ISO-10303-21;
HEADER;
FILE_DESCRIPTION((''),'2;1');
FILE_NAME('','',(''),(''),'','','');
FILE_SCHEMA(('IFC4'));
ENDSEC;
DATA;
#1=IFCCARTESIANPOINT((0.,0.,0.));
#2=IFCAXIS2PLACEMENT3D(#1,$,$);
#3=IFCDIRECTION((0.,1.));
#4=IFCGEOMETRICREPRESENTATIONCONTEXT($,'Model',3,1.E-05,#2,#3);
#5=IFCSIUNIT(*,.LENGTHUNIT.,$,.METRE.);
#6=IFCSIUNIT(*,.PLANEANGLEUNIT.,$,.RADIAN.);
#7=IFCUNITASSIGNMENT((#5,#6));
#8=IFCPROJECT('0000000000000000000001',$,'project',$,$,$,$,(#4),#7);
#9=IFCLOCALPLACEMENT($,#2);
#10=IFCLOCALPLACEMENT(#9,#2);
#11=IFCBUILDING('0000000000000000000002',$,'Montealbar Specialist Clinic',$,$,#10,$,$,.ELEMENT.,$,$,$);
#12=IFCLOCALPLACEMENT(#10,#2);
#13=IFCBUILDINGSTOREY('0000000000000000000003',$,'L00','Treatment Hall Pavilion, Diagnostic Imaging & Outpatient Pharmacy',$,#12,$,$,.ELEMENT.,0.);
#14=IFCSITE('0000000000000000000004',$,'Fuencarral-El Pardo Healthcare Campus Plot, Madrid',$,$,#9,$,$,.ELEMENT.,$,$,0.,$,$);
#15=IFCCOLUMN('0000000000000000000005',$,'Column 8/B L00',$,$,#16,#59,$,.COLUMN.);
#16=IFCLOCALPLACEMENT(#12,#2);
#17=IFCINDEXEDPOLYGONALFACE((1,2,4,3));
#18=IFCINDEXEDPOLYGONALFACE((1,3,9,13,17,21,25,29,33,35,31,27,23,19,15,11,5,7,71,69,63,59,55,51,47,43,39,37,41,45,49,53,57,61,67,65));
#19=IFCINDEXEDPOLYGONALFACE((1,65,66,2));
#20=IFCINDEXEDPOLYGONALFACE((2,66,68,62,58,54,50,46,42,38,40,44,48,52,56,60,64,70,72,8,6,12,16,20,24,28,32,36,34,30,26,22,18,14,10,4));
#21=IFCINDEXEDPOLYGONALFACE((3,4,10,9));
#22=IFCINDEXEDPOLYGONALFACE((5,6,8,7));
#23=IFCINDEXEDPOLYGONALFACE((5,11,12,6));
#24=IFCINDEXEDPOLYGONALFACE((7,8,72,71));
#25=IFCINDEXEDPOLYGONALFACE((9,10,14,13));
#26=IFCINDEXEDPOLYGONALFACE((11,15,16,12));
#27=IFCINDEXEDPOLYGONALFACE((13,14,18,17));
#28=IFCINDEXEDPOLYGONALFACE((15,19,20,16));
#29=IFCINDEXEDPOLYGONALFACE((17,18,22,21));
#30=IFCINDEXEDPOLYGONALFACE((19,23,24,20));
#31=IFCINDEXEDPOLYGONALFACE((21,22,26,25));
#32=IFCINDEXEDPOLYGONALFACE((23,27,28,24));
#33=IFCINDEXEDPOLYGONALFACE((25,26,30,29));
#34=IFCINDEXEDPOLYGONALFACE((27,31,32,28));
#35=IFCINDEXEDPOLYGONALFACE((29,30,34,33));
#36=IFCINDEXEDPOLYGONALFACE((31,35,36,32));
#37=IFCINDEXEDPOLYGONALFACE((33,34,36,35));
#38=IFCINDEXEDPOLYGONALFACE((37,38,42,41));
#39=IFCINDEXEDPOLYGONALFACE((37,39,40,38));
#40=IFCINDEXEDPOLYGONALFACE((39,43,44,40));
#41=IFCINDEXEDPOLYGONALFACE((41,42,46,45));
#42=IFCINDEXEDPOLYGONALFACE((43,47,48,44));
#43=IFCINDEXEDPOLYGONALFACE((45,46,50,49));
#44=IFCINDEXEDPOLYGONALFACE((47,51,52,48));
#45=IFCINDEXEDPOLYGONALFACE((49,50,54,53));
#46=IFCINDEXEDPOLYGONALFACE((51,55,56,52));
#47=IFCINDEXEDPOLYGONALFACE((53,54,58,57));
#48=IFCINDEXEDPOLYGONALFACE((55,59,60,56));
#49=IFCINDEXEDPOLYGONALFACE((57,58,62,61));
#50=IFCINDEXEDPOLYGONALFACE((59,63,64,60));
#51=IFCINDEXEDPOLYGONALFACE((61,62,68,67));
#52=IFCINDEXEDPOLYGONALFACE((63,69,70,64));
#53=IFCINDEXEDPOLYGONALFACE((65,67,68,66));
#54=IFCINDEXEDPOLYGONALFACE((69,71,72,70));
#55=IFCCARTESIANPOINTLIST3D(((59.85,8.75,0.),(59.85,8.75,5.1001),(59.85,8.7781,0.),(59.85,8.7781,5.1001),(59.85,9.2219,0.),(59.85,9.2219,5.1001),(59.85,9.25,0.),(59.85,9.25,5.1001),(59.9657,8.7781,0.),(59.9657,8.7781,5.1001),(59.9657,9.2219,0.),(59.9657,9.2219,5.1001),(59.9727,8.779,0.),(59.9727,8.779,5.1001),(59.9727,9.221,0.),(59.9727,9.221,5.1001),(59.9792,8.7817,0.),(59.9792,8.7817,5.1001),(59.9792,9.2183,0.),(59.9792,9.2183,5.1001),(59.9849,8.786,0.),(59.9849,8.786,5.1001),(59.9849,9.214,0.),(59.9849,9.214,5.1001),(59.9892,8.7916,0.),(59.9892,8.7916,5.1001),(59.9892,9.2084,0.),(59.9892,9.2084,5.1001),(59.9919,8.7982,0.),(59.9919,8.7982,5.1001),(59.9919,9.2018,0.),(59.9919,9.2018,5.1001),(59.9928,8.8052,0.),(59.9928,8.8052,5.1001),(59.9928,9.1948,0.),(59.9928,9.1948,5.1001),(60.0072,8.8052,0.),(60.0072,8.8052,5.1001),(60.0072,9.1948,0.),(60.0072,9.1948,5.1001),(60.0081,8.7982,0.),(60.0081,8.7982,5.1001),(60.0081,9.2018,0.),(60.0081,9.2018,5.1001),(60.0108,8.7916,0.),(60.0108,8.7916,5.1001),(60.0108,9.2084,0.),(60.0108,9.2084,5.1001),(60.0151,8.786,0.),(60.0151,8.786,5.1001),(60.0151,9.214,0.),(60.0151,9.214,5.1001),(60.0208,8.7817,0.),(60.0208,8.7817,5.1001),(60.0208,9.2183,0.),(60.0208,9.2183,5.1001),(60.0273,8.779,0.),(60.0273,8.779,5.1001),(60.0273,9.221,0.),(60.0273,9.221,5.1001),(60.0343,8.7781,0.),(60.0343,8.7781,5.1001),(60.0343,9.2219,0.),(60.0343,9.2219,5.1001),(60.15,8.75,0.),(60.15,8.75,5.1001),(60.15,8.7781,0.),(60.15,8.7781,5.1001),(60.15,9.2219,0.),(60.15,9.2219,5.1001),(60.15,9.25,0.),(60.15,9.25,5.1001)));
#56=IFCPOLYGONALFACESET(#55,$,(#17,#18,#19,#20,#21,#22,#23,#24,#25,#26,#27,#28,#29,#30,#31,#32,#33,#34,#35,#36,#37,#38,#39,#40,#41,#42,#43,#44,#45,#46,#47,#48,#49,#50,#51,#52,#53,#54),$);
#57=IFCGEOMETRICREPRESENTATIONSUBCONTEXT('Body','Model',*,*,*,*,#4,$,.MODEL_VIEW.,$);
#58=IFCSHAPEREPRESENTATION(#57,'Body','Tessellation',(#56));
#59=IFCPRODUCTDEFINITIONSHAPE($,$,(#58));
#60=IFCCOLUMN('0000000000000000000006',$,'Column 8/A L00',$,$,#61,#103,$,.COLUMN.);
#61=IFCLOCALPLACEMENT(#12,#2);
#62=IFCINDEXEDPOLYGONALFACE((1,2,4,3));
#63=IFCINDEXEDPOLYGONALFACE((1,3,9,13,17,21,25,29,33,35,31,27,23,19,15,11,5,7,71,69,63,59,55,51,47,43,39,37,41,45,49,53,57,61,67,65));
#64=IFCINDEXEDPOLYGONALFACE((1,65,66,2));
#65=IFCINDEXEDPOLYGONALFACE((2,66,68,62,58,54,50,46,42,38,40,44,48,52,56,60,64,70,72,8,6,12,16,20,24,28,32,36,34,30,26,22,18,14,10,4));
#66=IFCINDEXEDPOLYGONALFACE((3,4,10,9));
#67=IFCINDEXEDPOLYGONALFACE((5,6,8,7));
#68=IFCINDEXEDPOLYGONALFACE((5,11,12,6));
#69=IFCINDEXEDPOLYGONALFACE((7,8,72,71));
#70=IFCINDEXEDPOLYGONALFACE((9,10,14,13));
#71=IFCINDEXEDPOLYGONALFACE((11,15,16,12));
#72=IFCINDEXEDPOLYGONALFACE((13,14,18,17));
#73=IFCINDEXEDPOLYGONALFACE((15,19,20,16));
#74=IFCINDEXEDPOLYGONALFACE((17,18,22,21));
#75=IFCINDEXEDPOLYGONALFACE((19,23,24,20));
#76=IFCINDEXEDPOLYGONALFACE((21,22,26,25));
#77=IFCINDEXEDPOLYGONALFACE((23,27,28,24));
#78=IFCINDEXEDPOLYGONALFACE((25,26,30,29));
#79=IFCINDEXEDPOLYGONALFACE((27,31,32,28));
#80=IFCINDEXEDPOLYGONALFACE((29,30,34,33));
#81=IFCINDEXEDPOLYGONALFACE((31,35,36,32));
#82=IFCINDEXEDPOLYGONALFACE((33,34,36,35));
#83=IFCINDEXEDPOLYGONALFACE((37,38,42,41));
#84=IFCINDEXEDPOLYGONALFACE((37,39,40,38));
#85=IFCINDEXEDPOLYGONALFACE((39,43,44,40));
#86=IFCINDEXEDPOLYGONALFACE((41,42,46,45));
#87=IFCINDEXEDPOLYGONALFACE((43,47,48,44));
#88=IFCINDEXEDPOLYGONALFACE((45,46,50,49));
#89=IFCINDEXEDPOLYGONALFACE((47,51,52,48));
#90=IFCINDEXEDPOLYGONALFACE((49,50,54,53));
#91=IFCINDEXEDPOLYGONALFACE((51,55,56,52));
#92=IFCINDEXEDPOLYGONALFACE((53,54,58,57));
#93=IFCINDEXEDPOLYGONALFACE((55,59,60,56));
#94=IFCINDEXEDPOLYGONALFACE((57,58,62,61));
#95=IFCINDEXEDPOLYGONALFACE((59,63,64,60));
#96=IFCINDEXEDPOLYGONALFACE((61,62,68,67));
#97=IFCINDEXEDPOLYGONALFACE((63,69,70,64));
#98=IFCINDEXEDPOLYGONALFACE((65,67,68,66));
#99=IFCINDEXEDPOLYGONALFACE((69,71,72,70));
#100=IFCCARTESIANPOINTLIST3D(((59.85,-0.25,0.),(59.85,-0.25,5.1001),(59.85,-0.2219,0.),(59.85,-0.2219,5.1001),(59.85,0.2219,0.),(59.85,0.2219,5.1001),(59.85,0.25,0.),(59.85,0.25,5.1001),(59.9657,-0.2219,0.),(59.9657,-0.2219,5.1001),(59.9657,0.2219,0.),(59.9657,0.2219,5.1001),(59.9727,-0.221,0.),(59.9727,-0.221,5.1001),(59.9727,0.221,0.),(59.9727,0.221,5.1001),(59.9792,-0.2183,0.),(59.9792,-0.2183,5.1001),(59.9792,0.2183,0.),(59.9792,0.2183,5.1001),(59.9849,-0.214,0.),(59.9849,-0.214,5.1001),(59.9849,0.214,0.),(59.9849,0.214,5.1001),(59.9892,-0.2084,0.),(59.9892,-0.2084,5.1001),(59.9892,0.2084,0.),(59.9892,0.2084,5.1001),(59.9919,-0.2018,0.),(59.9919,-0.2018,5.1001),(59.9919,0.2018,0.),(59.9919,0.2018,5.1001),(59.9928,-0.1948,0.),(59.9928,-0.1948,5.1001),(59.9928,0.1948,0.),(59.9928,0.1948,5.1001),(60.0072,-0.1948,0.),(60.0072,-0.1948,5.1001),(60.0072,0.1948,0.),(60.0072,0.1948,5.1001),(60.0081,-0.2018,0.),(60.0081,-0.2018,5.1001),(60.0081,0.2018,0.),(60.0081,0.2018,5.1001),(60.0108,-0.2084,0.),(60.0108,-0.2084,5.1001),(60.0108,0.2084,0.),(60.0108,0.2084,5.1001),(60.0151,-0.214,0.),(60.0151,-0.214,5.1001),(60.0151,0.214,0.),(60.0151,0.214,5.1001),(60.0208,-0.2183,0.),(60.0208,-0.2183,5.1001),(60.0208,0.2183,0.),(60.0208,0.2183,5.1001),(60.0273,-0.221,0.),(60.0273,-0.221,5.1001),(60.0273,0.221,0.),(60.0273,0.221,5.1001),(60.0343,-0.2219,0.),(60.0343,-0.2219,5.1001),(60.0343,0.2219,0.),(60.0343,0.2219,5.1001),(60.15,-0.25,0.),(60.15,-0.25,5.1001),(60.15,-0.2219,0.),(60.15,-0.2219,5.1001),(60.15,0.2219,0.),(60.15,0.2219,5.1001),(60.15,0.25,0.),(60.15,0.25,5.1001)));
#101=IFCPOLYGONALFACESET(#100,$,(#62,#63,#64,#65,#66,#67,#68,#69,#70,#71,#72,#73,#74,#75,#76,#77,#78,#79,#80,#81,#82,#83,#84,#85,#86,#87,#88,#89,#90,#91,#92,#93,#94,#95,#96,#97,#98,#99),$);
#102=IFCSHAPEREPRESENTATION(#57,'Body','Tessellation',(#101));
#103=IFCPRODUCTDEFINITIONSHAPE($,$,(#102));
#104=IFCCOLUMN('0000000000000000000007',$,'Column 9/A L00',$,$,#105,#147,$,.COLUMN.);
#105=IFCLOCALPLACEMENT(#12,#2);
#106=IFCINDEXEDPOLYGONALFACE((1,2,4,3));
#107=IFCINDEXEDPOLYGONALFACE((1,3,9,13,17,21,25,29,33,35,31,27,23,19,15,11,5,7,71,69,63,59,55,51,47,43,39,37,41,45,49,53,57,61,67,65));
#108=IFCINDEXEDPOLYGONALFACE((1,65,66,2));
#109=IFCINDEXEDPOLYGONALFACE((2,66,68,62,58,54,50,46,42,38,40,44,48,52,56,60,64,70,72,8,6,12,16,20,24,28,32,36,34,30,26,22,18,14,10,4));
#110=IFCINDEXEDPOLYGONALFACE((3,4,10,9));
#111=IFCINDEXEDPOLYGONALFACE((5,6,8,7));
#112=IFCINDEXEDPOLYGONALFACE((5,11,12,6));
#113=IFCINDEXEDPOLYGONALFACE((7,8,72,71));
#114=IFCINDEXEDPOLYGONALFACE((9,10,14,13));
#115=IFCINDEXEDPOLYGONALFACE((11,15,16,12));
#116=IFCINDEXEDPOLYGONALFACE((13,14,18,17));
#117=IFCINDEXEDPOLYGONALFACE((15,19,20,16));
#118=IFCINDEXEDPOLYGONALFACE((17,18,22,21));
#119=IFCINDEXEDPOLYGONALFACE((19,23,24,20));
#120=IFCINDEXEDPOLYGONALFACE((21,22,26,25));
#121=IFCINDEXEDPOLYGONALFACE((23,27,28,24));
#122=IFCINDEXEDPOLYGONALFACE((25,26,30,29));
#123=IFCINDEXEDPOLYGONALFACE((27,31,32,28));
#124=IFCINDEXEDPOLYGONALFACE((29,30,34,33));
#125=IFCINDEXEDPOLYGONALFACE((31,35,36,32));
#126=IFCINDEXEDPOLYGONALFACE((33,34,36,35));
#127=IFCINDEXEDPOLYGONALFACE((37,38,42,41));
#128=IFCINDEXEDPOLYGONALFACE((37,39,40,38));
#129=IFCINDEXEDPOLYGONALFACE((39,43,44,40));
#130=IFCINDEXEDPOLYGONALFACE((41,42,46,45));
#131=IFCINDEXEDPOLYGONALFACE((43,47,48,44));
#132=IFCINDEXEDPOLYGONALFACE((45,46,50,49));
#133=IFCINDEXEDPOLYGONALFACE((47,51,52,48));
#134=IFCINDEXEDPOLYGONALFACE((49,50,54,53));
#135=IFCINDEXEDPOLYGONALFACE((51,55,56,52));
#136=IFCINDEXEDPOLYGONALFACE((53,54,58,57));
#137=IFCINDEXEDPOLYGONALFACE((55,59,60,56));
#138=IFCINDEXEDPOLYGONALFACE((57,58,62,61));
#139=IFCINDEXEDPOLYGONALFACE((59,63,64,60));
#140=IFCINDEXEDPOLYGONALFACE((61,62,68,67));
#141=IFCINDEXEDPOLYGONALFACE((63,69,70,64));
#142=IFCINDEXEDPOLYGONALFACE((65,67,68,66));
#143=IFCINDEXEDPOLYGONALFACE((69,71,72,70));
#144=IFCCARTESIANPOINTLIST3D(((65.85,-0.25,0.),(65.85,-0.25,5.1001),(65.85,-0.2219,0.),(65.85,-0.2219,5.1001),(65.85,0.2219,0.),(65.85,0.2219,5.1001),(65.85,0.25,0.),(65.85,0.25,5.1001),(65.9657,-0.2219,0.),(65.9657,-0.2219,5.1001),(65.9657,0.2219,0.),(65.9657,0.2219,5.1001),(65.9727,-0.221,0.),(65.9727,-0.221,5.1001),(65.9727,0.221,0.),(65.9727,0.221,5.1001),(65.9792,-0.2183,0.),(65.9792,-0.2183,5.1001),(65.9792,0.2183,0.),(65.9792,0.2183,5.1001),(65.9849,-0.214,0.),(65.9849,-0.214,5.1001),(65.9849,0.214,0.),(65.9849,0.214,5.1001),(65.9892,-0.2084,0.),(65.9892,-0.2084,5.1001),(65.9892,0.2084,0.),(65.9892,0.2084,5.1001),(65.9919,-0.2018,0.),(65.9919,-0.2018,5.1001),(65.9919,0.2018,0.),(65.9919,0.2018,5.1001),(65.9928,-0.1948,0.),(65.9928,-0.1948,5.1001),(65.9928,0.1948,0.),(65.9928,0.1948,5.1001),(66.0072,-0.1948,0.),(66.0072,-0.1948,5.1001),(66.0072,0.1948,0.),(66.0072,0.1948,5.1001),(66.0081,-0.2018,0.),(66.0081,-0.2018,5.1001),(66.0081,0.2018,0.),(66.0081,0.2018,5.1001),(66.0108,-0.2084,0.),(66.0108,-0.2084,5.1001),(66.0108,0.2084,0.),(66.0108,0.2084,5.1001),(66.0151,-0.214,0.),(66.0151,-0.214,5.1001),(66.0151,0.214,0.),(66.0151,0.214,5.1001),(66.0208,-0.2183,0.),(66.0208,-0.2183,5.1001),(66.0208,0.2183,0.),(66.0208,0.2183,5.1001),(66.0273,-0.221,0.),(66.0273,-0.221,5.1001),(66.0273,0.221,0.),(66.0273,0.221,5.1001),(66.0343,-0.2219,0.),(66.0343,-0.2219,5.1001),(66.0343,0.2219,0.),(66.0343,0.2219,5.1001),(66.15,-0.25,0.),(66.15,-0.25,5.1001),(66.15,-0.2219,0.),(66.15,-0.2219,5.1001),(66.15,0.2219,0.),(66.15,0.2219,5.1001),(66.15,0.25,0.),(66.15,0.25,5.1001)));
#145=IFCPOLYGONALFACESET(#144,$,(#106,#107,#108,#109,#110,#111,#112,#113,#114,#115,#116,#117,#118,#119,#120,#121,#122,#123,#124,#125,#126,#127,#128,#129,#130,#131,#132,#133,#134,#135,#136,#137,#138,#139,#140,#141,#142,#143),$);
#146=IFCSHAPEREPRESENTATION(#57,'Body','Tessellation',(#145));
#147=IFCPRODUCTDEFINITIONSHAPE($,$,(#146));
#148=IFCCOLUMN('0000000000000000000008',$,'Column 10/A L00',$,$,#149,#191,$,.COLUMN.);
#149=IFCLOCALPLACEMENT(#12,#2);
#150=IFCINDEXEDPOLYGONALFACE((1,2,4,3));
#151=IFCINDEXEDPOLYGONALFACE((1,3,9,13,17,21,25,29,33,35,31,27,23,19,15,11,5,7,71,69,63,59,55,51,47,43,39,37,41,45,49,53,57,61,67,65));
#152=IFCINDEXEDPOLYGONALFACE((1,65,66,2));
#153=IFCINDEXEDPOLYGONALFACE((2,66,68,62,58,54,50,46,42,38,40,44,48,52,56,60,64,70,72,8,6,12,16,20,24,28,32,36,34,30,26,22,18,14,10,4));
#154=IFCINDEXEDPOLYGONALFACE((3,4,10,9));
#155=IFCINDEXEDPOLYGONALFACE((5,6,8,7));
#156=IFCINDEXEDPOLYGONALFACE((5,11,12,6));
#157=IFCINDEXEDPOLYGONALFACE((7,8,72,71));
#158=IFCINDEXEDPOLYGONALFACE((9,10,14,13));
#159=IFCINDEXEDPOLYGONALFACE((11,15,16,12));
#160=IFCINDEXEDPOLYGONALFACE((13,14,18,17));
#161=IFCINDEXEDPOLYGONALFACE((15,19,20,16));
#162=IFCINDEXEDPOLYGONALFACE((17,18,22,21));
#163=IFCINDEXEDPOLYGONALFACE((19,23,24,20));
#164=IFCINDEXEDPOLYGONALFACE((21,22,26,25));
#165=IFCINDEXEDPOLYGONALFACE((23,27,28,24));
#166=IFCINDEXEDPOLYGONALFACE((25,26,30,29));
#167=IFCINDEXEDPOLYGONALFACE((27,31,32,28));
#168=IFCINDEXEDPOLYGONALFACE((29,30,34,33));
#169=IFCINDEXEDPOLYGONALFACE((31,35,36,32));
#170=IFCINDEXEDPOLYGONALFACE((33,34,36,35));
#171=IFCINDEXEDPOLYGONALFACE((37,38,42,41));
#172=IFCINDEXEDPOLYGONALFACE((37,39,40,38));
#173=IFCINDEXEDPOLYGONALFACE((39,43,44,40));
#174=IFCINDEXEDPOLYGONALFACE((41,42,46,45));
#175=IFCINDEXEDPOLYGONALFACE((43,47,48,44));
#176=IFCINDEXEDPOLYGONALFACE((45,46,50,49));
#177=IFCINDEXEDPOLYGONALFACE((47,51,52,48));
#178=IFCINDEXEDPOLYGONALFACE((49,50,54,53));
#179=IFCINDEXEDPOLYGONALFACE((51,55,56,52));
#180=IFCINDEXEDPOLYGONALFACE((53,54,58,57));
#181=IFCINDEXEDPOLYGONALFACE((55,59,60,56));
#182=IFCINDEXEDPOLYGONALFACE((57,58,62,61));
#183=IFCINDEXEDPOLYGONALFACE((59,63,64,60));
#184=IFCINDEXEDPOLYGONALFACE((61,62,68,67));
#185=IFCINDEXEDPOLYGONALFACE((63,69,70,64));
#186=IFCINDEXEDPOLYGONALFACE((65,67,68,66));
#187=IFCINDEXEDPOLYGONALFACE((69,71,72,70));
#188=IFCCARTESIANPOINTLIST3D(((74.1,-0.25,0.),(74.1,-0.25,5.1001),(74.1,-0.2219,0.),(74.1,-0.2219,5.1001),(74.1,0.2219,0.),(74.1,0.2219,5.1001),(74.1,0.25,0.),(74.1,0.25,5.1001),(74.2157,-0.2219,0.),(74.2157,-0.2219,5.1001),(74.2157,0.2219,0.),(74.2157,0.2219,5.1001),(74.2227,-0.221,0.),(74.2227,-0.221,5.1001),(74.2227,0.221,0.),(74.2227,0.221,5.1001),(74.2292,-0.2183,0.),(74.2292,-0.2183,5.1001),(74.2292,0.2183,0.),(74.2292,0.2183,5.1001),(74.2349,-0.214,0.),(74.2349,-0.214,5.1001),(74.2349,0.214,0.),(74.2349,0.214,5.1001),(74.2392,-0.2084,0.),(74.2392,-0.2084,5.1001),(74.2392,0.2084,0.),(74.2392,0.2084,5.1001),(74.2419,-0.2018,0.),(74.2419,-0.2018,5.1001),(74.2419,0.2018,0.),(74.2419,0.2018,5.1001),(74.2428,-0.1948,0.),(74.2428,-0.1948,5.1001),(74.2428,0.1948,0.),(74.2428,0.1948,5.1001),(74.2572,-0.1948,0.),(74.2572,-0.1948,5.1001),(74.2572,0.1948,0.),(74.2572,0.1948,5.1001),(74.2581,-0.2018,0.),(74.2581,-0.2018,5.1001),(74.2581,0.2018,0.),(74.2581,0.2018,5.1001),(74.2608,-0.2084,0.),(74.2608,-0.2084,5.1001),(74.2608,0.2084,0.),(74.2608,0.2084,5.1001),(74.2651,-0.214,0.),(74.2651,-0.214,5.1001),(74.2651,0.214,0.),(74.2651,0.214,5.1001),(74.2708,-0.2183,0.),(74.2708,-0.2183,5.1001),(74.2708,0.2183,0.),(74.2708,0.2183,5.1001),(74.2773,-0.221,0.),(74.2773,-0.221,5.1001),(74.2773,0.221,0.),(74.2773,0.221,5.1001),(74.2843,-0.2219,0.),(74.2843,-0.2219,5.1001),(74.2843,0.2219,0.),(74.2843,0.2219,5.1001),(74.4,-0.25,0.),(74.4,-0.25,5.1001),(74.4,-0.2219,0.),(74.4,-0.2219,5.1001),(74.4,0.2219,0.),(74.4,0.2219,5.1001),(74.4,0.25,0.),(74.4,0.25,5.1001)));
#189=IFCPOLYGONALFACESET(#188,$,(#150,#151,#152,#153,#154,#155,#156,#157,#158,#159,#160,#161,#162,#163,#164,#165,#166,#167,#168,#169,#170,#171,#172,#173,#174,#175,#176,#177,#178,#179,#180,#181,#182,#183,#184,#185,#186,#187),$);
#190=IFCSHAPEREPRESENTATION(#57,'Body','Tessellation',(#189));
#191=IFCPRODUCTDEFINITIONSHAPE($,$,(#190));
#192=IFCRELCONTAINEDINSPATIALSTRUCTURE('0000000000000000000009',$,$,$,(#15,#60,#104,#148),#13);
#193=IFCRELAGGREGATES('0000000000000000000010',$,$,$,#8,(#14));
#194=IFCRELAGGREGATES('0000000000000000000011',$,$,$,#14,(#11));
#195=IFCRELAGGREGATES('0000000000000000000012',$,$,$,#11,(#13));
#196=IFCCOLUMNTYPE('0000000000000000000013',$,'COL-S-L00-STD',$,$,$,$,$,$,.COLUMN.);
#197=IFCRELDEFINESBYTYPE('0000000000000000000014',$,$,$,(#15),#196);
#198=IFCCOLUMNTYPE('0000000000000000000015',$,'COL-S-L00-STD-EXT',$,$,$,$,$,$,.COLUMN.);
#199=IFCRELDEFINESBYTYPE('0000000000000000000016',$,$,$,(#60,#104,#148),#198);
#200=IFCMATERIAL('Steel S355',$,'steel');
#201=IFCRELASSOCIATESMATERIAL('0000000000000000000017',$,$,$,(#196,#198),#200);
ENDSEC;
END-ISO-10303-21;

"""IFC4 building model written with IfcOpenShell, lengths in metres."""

from ifc_helpers import new_model, si_unit, direction, frame, origin, origin_2d, place, context, subcontext, project, spatial, i_section, extrude, material, material_profile, profile_set, type_object, element, save


model = new_model("IFC4")

# Units and contexts
model_context = context("Model", 3, precision=1e-05, world=origin(), true_north=direction((0.0, 1.0)))
body_context = subcontext(model_context, "Body", "Model", "MODEL_VIEW")
ifc_project = project(units=[si_unit("LENGTHUNIT", "METRE"), si_unit("PLANEANGLEUNIT", "RADIAN")], contexts=[model_context])

# Site, building, storey
site_placement = place(None, origin())
site = spatial("IfcSite", under=ifc_project, at=site_placement, Name="Fuencarral-El Pardo Healthcare Campus Plot, Madrid", CompositionType="ELEMENT", RefElevation=0.0)
building_placement = place(site_placement, origin())
building = spatial("IfcBuilding", under=site, at=building_placement, Name="Montealbar Specialist Clinic", CompositionType="ELEMENT")
storey_placement = place(building_placement, origin())
storey = spatial("IfcBuildingStorey", under=building, at=storey_placement, Name="L00", Description="Treatment Hall Pavilion, Diagnostic Imaging & Outpatient Pharmacy", CompositionType="ELEMENT", Elevation=0.0)

# Columns
ifc_material_1 = material(Name="Steel S355", Category="steel")
ifc_material_profile_1 = material_profile(ifc_material_1, i_section(OverallWidth=0.3, OverallDepth=0.5, WebThickness=0.0144, FlangeThickness=0.0281, FilletRadius=0.0271, at=origin_2d()), Name="HEB 500", Category="steel")
ifc_profile_set_1 = profile_set([ifc_material_profile_1], Name="Steel S355")
column_type_1 = type_object("IfcColumnType", Name="COL-S-L00-STD", PredefinedType="COLUMN", material=ifc_profile_set_1)
column_1_placement = place(storey_placement, frame((60.0, 9.0, 0.0), z_axis=(0.0, 0.0, 1.0), x_axis=(1.0, 0.0, 0.0)))
element("IfcColumn", 1, at=column_1_placement, inside=storey, type_object=column_type_1, Name="Column 8/B L00", PredefinedType="COLUMN", context=body_context, shape_type="SweptSolid", body=[
    extrude(i_section(OverallWidth=0.3, OverallDepth=0.5, WebThickness=0.0144, FlangeThickness=0.0281, FilletRadius=0.0271, at=origin_2d()), origin(), (0.0, 0.0, 1.0), 5.1001),
])
ifc_material_profile_2 = material_profile(ifc_material_1, i_section(OverallWidth=0.3, OverallDepth=0.5, WebThickness=0.0144, FlangeThickness=0.0281, FilletRadius=0.0271, at=origin_2d()), Name="HEB 500", Category="steel")
ifc_profile_set_2 = profile_set([ifc_material_profile_2], Name="Steel S355")
column_type_2 = type_object("IfcColumnType", Name="COL-S-L00-STD-EXT", PredefinedType="COLUMN", material=ifc_profile_set_2)
for number, where, z_axis, x_axis, name in (
    (2, (60.0, 0.0, 0.0), (0.0, 0.0, 1.0), (1.0, 0.0, 0.0), "Column 8/A L00"),
    (3, (66.0, 0.0, 0.0), (0.0, 0.0, 1.0), (1.0, 0.0, 0.0), "Column 9/A L00"),
    (4, (74.25, 0.0, 0.0), (0.0, 0.0, 1.0), (1.0, 0.0, 0.0), "Column 10/A L00"),
):
    element("IfcColumn", number, at=place(storey_placement, frame(where, z_axis=z_axis, x_axis=x_axis)), inside=storey, type_object=column_type_2, Name=name, PredefinedType="COLUMN", context=body_context, shape_type="SweptSolid", body=[
        extrude(i_section(OverallWidth=0.3, OverallDepth=0.5, WebThickness=0.0144, FlangeThickness=0.0281, FilletRadius=0.0271, at=origin_2d()), origin(), (0.0, 0.0, 1.0), 5.1001),
    ])

save(model, "model.ifc")
